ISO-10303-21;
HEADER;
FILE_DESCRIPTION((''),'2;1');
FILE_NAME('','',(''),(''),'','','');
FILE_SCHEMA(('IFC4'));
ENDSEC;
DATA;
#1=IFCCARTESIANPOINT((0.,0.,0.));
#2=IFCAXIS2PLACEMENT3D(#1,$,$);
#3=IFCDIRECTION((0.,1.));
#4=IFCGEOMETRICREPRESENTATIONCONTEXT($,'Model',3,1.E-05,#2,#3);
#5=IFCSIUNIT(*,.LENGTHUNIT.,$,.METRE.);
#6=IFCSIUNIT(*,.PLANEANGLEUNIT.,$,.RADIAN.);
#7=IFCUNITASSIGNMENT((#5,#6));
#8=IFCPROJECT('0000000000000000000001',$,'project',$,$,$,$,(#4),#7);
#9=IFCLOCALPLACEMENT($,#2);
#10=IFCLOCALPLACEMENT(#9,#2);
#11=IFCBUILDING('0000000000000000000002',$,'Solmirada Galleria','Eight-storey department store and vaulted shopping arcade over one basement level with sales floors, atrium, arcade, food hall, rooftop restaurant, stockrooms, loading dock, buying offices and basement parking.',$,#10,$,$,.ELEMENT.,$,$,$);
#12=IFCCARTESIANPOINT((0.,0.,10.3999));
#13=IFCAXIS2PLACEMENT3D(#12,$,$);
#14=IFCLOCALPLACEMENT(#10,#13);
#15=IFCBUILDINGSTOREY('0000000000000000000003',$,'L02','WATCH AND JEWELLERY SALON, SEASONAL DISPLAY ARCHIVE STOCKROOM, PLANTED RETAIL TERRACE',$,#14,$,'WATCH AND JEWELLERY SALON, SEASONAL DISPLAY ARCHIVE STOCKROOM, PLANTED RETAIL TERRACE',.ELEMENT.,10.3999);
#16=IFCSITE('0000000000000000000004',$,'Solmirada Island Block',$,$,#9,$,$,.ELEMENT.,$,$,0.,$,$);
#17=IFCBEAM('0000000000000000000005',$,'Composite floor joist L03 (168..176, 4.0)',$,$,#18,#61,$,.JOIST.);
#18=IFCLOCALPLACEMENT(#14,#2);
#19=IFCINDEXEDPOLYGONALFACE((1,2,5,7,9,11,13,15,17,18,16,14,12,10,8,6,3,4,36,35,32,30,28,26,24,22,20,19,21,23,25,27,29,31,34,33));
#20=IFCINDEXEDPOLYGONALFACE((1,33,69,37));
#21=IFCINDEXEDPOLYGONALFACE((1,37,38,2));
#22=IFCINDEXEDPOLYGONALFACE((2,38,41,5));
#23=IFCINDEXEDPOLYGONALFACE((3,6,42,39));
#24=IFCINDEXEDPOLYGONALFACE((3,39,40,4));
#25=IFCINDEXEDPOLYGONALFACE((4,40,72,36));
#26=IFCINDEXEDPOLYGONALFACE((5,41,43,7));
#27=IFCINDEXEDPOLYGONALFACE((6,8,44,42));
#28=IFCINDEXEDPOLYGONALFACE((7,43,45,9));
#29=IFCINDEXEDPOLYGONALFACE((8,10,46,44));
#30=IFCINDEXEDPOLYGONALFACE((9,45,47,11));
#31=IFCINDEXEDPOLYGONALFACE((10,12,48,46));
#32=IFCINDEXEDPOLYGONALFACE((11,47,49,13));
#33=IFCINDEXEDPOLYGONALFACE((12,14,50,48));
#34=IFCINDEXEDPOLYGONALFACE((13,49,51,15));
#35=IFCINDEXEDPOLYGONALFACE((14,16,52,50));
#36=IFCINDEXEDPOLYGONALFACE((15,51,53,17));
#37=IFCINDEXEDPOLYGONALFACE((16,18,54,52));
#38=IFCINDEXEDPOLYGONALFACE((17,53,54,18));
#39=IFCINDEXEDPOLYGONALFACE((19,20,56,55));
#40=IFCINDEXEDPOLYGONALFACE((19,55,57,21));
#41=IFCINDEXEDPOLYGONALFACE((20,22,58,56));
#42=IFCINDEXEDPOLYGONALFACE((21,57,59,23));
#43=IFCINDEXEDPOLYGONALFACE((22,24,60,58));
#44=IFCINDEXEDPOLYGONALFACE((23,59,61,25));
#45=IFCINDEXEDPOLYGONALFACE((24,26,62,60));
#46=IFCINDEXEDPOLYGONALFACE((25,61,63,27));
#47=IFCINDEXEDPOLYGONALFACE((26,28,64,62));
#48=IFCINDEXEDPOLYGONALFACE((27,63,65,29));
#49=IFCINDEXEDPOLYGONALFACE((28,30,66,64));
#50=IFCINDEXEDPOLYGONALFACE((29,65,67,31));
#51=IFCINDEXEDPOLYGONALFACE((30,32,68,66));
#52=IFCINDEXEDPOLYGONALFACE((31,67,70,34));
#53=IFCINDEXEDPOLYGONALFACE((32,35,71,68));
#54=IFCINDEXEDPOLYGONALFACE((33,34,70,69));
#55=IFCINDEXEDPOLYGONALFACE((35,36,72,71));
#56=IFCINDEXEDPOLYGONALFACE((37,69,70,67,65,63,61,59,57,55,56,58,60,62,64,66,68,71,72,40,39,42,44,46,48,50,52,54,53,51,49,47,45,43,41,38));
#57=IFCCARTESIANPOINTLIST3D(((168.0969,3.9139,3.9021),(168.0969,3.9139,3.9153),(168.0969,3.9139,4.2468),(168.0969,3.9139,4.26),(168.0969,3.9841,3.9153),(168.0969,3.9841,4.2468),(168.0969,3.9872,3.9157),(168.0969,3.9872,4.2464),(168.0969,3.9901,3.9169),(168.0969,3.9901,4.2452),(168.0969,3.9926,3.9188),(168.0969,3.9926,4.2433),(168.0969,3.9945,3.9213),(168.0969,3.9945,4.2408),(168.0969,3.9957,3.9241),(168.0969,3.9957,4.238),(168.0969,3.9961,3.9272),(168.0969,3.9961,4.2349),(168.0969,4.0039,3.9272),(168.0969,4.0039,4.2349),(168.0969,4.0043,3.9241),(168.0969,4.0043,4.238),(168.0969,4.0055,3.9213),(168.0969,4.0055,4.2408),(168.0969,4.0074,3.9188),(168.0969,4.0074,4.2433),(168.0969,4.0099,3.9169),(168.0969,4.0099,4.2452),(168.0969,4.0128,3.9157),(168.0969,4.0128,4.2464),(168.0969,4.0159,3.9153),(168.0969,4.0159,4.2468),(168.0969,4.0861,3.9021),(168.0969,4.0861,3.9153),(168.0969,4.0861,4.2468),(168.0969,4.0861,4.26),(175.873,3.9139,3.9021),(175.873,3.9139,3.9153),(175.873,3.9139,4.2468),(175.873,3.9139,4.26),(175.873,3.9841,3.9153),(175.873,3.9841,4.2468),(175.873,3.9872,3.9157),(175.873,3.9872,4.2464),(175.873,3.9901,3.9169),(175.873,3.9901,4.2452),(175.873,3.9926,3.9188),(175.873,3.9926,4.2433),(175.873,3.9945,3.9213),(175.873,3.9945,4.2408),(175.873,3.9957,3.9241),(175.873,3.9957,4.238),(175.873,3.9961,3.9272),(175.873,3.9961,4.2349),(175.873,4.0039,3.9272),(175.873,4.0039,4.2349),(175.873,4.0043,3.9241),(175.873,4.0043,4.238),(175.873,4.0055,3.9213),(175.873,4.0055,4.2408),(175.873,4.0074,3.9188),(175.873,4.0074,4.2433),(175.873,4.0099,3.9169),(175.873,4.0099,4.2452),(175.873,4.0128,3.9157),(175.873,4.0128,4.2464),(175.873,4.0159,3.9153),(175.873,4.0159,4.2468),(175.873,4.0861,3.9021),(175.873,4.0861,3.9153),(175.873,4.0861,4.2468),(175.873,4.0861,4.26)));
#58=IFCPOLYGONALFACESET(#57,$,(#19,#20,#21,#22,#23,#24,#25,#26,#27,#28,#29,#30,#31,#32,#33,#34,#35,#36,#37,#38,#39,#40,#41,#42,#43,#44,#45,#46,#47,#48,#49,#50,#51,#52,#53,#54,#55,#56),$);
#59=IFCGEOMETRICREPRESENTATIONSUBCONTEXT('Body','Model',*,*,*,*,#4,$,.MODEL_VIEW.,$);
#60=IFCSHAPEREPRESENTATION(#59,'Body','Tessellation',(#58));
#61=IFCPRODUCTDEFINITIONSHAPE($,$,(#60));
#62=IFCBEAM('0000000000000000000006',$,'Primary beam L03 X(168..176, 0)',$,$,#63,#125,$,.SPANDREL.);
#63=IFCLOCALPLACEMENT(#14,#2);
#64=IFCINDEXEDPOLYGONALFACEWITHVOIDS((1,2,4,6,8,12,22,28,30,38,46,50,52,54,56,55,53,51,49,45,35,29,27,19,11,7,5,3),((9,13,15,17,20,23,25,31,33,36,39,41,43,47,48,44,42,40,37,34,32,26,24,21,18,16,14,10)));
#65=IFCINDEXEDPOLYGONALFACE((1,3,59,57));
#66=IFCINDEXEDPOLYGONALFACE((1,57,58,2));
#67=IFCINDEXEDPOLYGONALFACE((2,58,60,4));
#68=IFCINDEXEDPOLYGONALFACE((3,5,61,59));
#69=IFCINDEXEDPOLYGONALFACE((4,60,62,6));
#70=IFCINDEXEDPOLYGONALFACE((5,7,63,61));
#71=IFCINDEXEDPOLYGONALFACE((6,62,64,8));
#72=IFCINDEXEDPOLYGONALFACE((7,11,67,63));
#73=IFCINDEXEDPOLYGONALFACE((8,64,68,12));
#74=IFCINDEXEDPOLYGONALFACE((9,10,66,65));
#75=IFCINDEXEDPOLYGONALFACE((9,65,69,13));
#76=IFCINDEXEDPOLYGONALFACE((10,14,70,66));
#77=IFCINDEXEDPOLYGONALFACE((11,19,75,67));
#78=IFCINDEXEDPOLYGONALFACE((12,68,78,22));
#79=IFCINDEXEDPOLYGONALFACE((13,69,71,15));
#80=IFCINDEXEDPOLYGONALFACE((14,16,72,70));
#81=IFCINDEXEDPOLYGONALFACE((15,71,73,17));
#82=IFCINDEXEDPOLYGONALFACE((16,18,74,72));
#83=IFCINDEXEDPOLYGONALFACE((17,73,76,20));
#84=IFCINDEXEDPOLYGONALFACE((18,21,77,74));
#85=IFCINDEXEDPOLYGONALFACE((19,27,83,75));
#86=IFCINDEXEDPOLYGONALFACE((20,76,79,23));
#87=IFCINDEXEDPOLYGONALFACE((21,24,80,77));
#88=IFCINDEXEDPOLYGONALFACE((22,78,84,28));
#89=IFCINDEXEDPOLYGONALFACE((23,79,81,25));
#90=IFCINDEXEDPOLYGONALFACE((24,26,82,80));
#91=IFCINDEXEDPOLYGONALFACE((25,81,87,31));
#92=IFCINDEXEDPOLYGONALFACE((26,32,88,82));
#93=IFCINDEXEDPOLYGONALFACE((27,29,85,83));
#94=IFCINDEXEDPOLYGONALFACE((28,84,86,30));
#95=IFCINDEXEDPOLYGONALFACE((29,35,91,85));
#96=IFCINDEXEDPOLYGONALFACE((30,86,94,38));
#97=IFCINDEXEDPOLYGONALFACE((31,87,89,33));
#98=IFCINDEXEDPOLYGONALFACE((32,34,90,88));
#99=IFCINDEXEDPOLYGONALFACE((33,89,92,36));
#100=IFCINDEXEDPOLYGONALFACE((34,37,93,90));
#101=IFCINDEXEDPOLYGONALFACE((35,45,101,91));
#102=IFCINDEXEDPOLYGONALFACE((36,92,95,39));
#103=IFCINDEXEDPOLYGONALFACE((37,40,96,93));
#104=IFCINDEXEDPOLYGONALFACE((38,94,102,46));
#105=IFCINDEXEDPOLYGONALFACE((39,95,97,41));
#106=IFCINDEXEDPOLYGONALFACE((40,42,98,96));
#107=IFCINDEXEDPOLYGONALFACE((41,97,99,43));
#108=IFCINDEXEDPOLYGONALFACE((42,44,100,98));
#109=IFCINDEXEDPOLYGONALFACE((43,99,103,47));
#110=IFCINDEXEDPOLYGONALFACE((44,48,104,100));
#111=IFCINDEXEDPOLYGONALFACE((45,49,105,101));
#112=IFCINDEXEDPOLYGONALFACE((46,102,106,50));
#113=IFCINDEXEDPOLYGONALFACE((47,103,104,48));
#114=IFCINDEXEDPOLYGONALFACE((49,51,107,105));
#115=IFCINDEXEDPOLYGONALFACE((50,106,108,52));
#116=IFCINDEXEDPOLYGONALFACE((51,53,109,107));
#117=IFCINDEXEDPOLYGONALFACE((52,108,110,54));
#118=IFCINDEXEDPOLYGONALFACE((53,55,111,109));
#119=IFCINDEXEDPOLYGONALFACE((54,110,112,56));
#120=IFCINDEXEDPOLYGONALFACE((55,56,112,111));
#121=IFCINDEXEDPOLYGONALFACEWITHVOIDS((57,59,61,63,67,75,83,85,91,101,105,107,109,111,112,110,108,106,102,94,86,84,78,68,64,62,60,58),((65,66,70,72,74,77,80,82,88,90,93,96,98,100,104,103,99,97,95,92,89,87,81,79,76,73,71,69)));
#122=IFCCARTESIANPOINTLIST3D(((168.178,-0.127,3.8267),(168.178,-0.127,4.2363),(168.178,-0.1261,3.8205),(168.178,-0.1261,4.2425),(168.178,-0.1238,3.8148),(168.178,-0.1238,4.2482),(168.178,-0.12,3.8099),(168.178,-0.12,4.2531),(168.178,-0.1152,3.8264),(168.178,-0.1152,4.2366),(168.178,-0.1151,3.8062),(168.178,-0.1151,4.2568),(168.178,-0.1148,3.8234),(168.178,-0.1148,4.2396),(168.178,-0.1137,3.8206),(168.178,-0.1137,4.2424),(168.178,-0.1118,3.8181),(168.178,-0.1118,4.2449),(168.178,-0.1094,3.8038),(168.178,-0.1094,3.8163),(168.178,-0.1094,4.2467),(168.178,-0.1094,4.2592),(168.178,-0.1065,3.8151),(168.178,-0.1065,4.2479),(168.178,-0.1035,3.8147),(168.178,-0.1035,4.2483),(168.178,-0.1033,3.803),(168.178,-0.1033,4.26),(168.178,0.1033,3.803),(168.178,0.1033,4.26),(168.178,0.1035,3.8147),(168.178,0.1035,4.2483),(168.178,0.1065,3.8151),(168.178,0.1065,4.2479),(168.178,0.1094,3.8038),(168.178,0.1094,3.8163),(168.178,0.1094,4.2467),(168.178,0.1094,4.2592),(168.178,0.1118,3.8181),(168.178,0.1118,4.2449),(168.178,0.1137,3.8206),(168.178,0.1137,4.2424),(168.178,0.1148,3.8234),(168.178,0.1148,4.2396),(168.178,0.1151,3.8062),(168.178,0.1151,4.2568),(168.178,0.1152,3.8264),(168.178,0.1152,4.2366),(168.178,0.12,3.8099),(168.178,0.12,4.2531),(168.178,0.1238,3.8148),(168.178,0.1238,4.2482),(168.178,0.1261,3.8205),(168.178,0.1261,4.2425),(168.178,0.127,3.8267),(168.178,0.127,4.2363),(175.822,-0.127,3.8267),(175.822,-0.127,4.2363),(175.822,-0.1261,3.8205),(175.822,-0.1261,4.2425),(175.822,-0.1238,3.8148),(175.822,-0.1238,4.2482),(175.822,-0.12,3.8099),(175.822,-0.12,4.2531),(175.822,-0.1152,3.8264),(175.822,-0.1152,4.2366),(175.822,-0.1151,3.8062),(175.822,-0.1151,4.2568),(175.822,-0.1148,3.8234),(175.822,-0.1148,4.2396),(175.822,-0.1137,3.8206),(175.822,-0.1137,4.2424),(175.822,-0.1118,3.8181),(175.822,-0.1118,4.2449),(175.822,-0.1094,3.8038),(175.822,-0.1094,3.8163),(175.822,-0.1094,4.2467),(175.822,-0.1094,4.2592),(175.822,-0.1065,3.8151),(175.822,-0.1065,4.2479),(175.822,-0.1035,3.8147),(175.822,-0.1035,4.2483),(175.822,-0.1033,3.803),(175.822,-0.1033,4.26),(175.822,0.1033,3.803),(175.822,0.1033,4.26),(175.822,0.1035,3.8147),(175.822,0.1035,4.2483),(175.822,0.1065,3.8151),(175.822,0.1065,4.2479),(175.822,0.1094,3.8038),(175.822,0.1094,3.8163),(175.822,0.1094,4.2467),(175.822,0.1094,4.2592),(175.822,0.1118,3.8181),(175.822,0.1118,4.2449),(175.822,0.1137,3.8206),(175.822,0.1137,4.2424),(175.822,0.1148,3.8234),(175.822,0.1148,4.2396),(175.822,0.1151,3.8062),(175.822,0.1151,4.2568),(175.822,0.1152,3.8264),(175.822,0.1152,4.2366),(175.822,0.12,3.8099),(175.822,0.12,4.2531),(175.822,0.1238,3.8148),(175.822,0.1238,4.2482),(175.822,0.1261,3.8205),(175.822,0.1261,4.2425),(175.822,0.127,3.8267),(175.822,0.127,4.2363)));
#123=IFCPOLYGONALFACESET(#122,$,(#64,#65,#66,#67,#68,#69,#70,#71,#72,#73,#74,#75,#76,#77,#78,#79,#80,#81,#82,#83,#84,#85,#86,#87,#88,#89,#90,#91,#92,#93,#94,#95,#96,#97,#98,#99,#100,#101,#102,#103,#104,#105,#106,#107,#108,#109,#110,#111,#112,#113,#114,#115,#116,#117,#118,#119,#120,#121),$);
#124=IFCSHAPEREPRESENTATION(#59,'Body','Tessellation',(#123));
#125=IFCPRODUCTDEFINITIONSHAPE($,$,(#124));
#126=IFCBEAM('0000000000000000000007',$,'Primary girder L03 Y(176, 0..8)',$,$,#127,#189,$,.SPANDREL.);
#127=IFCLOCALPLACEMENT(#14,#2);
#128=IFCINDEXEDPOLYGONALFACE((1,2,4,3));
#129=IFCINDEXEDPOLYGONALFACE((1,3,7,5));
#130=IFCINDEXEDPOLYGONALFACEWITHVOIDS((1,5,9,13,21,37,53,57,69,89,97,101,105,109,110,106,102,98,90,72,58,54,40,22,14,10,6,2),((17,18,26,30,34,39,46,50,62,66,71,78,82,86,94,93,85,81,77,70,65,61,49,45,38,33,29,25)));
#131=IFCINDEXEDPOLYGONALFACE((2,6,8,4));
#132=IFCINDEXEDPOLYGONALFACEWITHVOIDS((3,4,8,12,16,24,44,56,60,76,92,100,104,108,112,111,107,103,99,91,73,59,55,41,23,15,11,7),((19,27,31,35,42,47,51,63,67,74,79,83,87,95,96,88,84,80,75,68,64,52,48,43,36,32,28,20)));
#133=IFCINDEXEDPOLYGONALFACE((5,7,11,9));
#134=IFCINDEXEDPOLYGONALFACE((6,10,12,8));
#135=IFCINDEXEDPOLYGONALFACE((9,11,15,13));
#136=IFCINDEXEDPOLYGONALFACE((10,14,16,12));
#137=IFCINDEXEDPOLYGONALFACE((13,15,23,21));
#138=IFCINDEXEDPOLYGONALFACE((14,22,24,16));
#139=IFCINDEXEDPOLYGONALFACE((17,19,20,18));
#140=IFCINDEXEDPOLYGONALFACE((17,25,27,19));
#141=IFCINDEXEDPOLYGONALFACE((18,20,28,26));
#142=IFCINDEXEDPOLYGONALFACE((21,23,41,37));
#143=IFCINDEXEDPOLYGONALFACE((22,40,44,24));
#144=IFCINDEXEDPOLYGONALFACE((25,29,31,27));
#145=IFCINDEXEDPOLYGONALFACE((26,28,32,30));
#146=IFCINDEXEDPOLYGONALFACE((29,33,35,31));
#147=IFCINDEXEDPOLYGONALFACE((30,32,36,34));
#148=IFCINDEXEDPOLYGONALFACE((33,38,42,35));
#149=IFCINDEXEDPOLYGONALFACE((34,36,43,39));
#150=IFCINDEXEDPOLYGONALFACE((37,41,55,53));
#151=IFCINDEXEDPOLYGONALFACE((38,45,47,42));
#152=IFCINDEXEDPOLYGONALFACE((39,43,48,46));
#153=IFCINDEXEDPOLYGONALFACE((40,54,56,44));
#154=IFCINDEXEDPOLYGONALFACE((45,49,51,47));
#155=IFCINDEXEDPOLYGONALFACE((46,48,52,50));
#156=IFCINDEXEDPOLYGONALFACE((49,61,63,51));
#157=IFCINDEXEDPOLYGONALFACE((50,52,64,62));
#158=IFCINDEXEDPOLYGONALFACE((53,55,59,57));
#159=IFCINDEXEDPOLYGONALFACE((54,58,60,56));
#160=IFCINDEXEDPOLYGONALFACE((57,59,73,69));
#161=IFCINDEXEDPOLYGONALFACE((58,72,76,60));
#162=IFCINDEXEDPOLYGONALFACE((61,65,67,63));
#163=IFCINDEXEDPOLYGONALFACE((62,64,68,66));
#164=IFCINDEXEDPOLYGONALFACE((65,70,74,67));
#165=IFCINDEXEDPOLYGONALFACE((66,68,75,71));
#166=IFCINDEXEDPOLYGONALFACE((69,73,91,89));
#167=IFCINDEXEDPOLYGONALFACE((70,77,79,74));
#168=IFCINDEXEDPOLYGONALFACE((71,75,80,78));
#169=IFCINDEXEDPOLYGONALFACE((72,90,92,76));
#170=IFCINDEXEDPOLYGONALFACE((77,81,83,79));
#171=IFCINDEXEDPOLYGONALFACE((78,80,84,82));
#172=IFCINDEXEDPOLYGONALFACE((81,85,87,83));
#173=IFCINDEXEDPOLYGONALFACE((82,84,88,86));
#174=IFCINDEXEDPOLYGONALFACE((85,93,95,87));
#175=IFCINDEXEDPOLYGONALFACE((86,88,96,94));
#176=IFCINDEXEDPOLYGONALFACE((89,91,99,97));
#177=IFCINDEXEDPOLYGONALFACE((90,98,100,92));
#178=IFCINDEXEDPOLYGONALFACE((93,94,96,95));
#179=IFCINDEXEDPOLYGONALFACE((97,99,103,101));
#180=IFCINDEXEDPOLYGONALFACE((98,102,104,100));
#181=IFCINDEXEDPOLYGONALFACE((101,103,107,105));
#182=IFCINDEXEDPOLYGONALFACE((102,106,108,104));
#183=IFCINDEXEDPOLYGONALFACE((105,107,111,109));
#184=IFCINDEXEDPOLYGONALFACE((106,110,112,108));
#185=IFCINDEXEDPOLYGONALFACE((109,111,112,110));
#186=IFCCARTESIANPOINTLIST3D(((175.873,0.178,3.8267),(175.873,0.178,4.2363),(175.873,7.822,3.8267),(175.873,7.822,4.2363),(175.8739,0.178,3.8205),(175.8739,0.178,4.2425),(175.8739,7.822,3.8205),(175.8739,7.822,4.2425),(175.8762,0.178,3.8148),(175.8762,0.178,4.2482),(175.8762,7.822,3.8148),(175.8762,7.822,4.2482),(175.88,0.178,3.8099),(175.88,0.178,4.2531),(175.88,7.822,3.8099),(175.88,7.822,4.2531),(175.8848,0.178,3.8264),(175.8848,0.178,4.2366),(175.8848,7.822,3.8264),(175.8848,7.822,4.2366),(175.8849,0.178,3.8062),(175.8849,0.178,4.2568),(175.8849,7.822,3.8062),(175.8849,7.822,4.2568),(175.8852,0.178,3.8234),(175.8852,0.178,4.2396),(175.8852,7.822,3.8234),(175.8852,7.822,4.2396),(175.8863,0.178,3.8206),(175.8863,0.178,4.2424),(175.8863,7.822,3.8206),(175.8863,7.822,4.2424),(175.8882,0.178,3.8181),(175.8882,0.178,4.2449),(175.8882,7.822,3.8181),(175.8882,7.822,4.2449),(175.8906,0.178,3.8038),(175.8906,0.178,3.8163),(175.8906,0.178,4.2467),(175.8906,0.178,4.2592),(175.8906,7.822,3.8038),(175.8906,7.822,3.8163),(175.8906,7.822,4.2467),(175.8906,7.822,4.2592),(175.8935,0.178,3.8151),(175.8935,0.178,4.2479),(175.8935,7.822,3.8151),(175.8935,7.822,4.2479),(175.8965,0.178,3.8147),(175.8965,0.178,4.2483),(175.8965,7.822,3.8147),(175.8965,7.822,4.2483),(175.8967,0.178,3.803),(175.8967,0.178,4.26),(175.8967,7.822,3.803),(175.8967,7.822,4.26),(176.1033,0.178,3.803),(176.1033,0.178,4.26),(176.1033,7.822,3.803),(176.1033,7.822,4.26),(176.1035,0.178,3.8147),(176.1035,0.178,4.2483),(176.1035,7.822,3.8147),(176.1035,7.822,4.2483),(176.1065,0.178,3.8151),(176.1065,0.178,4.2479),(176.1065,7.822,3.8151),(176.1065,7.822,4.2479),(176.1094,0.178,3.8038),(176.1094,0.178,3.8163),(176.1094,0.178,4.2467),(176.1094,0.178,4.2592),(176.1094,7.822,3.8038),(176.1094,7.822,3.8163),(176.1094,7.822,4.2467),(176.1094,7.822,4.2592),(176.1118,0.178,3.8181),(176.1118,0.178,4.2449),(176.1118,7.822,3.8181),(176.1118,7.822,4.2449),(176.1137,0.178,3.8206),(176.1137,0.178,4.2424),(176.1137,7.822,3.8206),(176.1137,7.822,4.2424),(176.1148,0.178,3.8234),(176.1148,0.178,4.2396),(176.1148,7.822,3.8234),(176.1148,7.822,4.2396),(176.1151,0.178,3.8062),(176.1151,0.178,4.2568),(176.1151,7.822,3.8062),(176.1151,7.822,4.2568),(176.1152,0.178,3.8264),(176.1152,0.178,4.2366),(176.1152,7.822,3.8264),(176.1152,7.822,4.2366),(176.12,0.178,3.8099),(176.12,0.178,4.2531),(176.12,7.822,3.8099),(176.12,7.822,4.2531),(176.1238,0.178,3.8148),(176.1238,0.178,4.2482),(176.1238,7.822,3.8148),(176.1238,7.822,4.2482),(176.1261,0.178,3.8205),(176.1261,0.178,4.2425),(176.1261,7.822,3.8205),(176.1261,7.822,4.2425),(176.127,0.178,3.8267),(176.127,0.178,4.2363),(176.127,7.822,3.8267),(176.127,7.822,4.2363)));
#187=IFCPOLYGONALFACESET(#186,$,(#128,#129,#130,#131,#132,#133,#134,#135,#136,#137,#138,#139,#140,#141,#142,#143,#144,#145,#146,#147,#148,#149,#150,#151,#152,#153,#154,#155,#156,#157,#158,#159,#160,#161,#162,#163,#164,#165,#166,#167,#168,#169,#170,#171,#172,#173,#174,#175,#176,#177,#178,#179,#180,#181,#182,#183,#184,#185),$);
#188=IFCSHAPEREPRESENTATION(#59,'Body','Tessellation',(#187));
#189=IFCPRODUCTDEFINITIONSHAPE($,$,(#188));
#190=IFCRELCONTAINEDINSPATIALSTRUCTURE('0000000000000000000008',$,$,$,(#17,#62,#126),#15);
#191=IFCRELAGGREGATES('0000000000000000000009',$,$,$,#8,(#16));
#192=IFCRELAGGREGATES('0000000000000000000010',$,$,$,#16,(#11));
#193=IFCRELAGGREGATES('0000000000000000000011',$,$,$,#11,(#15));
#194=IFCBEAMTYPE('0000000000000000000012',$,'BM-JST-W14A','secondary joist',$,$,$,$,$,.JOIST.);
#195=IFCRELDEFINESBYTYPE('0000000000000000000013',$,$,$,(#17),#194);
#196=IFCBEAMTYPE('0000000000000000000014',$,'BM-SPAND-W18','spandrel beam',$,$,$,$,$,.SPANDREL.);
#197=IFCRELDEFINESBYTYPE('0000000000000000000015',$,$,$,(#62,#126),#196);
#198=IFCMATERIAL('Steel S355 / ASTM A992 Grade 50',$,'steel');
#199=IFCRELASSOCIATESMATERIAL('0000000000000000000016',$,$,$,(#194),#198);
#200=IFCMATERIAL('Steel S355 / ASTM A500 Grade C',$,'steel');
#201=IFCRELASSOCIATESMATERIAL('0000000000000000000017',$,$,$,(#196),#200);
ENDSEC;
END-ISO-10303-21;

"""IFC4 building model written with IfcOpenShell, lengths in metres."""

from ifc_helpers import new_model, si_unit, direction, frame, origin, origin_2d, place, context, subcontext, project, spatial, hollow_rectangle, i_section, extrude, material, material_profile, profile_set, type_object, element, save


model = new_model("IFC4")

# Units and contexts
model_context = context("Model", 3, precision=1e-05, world=origin(), true_north=direction((0.0, 1.0)))
body_context = subcontext(model_context, "Body", "Model", "MODEL_VIEW")
ifc_project = project(units=[si_unit("LENGTHUNIT", "METRE"), si_unit("PLANEANGLEUNIT", "RADIAN")], contexts=[model_context])

# Site, building, storey
site_placement = place(None, origin())
site = spatial("IfcSite", under=ifc_project, at=site_placement, Name="Solmirada Island Block", CompositionType="ELEMENT", RefElevation=0.0)
building_placement = place(site_placement, origin())
building = spatial("IfcBuilding", under=site, at=building_placement, Name="Solmirada Galleria", Description="Eight-storey department store and vaulted shopping arcade over one basement level with sales floors, atrium, arcade, food hall, rooftop restaurant, stockrooms, loading dock, buying offices and basement parking.", CompositionType="ELEMENT")
storey_placement = place(building_placement, frame((0.0, 0.0, 10.3999)))
storey = spatial("IfcBuildingStorey", under=building, at=storey_placement, Name="L02", Description="WATCH AND JEWELLERY SALON, SEASONAL DISPLAY ARCHIVE STOCKROOM, PLANTED RETAIL TERRACE", LongName="WATCH AND JEWELLERY SALON, SEASONAL DISPLAY ARCHIVE STOCKROOM, PLANTED RETAIL TERRACE", CompositionType="ELEMENT", Elevation=10.3999)

# Shared definitions
ifc_material_1 = material(Name="Steel S355 / ASTM A500 Grade C", Category="steel")

# Beams
ifc_material_2 = material(Name="Steel S355 / ASTM A992 Grade 50", Category="steel")
ifc_material_profile_1 = material_profile(ifc_material_2, i_section(OverallWidth=0.1721, OverallDepth=0.3579, WebThickness=0.0078, FlangeThickness=0.0132, FilletRadius=0.012, at=origin_2d()), Name="W14X38")
ifc_profile_set_1 = profile_set([ifc_material_profile_1], Name="Steel S355 / ASTM A992 Grade 50")
beam_type_1 = type_object("IfcBeamType", Name="BM-JST-W14A", Description="secondary joist", PredefinedType="JOIST", material=ifc_profile_set_1)
beam_1_placement = place(storey_placement, frame((168.0969, 4.0, 4.0811), z_axis=(1.0, 0.0, 0.0), x_axis=(0.0, 1.0, 0.0)))
element("IfcBeam", 1, at=beam_1_placement, inside=storey, type_object=beam_type_1, Name="Composite floor joist L03 (168..176, 4.0)", PredefinedType="JOIST", context=body_context, shape_type="SweptSolid", body=[
    extrude(i_section(OverallWidth=0.1721, OverallDepth=0.3579, WebThickness=0.0078, FlangeThickness=0.0132, FilletRadius=0.012, at=origin_2d()), origin(), (0.0, 0.0, 1.0), 7.7761),
])
ifc_material_profile_2 = material_profile(ifc_material_1, hollow_rectangle(XDim=0.2539, YDim=0.457, WallThickness=0.0117, InnerFilletRadius=0.0117, OuterFilletRadius=0.0237, at=origin_2d()), Name="HSS18X10X1/2")
ifc_profile_set_2 = profile_set([ifc_material_profile_2], Name="Steel S355 / ASTM A500 Grade C")
beam_type_2 = type_object("IfcBeamType", Name="BM-SPAND-W18", Description="spandrel beam", PredefinedType="SPANDREL", material=ifc_profile_set_2)
for number, where, z_axis, x_axis, name in (
    (2, (168.178, 0.0, 4.0315), (1.0, 0.0, 0.0), (0.0, 1.0, 0.0), "Primary beam L03 X(168..176, 0)"),
    (3, (176.0, 0.178, 4.0315), (0.0, 1.0, 0.0), (-1.0, 0.0, 0.0), "Primary girder L03 Y(176, 0..8)"),
):
    element("IfcBeam", number, at=place(storey_placement, frame(where, z_axis=z_axis, x_axis=x_axis)), inside=storey, type_object=beam_type_2, Name=name, PredefinedType="SPANDREL", context=body_context, shape_type="SweptSolid", body=[
        extrude(hollow_rectangle(XDim=0.2539, YDim=0.457, WallThickness=0.0117, InnerFilletRadius=0.0117, OuterFilletRadius=0.0237, at=origin_2d()), origin(), (0.0, 0.0, 1.0), 7.644),
    ])

save(model, "model.ifc")
